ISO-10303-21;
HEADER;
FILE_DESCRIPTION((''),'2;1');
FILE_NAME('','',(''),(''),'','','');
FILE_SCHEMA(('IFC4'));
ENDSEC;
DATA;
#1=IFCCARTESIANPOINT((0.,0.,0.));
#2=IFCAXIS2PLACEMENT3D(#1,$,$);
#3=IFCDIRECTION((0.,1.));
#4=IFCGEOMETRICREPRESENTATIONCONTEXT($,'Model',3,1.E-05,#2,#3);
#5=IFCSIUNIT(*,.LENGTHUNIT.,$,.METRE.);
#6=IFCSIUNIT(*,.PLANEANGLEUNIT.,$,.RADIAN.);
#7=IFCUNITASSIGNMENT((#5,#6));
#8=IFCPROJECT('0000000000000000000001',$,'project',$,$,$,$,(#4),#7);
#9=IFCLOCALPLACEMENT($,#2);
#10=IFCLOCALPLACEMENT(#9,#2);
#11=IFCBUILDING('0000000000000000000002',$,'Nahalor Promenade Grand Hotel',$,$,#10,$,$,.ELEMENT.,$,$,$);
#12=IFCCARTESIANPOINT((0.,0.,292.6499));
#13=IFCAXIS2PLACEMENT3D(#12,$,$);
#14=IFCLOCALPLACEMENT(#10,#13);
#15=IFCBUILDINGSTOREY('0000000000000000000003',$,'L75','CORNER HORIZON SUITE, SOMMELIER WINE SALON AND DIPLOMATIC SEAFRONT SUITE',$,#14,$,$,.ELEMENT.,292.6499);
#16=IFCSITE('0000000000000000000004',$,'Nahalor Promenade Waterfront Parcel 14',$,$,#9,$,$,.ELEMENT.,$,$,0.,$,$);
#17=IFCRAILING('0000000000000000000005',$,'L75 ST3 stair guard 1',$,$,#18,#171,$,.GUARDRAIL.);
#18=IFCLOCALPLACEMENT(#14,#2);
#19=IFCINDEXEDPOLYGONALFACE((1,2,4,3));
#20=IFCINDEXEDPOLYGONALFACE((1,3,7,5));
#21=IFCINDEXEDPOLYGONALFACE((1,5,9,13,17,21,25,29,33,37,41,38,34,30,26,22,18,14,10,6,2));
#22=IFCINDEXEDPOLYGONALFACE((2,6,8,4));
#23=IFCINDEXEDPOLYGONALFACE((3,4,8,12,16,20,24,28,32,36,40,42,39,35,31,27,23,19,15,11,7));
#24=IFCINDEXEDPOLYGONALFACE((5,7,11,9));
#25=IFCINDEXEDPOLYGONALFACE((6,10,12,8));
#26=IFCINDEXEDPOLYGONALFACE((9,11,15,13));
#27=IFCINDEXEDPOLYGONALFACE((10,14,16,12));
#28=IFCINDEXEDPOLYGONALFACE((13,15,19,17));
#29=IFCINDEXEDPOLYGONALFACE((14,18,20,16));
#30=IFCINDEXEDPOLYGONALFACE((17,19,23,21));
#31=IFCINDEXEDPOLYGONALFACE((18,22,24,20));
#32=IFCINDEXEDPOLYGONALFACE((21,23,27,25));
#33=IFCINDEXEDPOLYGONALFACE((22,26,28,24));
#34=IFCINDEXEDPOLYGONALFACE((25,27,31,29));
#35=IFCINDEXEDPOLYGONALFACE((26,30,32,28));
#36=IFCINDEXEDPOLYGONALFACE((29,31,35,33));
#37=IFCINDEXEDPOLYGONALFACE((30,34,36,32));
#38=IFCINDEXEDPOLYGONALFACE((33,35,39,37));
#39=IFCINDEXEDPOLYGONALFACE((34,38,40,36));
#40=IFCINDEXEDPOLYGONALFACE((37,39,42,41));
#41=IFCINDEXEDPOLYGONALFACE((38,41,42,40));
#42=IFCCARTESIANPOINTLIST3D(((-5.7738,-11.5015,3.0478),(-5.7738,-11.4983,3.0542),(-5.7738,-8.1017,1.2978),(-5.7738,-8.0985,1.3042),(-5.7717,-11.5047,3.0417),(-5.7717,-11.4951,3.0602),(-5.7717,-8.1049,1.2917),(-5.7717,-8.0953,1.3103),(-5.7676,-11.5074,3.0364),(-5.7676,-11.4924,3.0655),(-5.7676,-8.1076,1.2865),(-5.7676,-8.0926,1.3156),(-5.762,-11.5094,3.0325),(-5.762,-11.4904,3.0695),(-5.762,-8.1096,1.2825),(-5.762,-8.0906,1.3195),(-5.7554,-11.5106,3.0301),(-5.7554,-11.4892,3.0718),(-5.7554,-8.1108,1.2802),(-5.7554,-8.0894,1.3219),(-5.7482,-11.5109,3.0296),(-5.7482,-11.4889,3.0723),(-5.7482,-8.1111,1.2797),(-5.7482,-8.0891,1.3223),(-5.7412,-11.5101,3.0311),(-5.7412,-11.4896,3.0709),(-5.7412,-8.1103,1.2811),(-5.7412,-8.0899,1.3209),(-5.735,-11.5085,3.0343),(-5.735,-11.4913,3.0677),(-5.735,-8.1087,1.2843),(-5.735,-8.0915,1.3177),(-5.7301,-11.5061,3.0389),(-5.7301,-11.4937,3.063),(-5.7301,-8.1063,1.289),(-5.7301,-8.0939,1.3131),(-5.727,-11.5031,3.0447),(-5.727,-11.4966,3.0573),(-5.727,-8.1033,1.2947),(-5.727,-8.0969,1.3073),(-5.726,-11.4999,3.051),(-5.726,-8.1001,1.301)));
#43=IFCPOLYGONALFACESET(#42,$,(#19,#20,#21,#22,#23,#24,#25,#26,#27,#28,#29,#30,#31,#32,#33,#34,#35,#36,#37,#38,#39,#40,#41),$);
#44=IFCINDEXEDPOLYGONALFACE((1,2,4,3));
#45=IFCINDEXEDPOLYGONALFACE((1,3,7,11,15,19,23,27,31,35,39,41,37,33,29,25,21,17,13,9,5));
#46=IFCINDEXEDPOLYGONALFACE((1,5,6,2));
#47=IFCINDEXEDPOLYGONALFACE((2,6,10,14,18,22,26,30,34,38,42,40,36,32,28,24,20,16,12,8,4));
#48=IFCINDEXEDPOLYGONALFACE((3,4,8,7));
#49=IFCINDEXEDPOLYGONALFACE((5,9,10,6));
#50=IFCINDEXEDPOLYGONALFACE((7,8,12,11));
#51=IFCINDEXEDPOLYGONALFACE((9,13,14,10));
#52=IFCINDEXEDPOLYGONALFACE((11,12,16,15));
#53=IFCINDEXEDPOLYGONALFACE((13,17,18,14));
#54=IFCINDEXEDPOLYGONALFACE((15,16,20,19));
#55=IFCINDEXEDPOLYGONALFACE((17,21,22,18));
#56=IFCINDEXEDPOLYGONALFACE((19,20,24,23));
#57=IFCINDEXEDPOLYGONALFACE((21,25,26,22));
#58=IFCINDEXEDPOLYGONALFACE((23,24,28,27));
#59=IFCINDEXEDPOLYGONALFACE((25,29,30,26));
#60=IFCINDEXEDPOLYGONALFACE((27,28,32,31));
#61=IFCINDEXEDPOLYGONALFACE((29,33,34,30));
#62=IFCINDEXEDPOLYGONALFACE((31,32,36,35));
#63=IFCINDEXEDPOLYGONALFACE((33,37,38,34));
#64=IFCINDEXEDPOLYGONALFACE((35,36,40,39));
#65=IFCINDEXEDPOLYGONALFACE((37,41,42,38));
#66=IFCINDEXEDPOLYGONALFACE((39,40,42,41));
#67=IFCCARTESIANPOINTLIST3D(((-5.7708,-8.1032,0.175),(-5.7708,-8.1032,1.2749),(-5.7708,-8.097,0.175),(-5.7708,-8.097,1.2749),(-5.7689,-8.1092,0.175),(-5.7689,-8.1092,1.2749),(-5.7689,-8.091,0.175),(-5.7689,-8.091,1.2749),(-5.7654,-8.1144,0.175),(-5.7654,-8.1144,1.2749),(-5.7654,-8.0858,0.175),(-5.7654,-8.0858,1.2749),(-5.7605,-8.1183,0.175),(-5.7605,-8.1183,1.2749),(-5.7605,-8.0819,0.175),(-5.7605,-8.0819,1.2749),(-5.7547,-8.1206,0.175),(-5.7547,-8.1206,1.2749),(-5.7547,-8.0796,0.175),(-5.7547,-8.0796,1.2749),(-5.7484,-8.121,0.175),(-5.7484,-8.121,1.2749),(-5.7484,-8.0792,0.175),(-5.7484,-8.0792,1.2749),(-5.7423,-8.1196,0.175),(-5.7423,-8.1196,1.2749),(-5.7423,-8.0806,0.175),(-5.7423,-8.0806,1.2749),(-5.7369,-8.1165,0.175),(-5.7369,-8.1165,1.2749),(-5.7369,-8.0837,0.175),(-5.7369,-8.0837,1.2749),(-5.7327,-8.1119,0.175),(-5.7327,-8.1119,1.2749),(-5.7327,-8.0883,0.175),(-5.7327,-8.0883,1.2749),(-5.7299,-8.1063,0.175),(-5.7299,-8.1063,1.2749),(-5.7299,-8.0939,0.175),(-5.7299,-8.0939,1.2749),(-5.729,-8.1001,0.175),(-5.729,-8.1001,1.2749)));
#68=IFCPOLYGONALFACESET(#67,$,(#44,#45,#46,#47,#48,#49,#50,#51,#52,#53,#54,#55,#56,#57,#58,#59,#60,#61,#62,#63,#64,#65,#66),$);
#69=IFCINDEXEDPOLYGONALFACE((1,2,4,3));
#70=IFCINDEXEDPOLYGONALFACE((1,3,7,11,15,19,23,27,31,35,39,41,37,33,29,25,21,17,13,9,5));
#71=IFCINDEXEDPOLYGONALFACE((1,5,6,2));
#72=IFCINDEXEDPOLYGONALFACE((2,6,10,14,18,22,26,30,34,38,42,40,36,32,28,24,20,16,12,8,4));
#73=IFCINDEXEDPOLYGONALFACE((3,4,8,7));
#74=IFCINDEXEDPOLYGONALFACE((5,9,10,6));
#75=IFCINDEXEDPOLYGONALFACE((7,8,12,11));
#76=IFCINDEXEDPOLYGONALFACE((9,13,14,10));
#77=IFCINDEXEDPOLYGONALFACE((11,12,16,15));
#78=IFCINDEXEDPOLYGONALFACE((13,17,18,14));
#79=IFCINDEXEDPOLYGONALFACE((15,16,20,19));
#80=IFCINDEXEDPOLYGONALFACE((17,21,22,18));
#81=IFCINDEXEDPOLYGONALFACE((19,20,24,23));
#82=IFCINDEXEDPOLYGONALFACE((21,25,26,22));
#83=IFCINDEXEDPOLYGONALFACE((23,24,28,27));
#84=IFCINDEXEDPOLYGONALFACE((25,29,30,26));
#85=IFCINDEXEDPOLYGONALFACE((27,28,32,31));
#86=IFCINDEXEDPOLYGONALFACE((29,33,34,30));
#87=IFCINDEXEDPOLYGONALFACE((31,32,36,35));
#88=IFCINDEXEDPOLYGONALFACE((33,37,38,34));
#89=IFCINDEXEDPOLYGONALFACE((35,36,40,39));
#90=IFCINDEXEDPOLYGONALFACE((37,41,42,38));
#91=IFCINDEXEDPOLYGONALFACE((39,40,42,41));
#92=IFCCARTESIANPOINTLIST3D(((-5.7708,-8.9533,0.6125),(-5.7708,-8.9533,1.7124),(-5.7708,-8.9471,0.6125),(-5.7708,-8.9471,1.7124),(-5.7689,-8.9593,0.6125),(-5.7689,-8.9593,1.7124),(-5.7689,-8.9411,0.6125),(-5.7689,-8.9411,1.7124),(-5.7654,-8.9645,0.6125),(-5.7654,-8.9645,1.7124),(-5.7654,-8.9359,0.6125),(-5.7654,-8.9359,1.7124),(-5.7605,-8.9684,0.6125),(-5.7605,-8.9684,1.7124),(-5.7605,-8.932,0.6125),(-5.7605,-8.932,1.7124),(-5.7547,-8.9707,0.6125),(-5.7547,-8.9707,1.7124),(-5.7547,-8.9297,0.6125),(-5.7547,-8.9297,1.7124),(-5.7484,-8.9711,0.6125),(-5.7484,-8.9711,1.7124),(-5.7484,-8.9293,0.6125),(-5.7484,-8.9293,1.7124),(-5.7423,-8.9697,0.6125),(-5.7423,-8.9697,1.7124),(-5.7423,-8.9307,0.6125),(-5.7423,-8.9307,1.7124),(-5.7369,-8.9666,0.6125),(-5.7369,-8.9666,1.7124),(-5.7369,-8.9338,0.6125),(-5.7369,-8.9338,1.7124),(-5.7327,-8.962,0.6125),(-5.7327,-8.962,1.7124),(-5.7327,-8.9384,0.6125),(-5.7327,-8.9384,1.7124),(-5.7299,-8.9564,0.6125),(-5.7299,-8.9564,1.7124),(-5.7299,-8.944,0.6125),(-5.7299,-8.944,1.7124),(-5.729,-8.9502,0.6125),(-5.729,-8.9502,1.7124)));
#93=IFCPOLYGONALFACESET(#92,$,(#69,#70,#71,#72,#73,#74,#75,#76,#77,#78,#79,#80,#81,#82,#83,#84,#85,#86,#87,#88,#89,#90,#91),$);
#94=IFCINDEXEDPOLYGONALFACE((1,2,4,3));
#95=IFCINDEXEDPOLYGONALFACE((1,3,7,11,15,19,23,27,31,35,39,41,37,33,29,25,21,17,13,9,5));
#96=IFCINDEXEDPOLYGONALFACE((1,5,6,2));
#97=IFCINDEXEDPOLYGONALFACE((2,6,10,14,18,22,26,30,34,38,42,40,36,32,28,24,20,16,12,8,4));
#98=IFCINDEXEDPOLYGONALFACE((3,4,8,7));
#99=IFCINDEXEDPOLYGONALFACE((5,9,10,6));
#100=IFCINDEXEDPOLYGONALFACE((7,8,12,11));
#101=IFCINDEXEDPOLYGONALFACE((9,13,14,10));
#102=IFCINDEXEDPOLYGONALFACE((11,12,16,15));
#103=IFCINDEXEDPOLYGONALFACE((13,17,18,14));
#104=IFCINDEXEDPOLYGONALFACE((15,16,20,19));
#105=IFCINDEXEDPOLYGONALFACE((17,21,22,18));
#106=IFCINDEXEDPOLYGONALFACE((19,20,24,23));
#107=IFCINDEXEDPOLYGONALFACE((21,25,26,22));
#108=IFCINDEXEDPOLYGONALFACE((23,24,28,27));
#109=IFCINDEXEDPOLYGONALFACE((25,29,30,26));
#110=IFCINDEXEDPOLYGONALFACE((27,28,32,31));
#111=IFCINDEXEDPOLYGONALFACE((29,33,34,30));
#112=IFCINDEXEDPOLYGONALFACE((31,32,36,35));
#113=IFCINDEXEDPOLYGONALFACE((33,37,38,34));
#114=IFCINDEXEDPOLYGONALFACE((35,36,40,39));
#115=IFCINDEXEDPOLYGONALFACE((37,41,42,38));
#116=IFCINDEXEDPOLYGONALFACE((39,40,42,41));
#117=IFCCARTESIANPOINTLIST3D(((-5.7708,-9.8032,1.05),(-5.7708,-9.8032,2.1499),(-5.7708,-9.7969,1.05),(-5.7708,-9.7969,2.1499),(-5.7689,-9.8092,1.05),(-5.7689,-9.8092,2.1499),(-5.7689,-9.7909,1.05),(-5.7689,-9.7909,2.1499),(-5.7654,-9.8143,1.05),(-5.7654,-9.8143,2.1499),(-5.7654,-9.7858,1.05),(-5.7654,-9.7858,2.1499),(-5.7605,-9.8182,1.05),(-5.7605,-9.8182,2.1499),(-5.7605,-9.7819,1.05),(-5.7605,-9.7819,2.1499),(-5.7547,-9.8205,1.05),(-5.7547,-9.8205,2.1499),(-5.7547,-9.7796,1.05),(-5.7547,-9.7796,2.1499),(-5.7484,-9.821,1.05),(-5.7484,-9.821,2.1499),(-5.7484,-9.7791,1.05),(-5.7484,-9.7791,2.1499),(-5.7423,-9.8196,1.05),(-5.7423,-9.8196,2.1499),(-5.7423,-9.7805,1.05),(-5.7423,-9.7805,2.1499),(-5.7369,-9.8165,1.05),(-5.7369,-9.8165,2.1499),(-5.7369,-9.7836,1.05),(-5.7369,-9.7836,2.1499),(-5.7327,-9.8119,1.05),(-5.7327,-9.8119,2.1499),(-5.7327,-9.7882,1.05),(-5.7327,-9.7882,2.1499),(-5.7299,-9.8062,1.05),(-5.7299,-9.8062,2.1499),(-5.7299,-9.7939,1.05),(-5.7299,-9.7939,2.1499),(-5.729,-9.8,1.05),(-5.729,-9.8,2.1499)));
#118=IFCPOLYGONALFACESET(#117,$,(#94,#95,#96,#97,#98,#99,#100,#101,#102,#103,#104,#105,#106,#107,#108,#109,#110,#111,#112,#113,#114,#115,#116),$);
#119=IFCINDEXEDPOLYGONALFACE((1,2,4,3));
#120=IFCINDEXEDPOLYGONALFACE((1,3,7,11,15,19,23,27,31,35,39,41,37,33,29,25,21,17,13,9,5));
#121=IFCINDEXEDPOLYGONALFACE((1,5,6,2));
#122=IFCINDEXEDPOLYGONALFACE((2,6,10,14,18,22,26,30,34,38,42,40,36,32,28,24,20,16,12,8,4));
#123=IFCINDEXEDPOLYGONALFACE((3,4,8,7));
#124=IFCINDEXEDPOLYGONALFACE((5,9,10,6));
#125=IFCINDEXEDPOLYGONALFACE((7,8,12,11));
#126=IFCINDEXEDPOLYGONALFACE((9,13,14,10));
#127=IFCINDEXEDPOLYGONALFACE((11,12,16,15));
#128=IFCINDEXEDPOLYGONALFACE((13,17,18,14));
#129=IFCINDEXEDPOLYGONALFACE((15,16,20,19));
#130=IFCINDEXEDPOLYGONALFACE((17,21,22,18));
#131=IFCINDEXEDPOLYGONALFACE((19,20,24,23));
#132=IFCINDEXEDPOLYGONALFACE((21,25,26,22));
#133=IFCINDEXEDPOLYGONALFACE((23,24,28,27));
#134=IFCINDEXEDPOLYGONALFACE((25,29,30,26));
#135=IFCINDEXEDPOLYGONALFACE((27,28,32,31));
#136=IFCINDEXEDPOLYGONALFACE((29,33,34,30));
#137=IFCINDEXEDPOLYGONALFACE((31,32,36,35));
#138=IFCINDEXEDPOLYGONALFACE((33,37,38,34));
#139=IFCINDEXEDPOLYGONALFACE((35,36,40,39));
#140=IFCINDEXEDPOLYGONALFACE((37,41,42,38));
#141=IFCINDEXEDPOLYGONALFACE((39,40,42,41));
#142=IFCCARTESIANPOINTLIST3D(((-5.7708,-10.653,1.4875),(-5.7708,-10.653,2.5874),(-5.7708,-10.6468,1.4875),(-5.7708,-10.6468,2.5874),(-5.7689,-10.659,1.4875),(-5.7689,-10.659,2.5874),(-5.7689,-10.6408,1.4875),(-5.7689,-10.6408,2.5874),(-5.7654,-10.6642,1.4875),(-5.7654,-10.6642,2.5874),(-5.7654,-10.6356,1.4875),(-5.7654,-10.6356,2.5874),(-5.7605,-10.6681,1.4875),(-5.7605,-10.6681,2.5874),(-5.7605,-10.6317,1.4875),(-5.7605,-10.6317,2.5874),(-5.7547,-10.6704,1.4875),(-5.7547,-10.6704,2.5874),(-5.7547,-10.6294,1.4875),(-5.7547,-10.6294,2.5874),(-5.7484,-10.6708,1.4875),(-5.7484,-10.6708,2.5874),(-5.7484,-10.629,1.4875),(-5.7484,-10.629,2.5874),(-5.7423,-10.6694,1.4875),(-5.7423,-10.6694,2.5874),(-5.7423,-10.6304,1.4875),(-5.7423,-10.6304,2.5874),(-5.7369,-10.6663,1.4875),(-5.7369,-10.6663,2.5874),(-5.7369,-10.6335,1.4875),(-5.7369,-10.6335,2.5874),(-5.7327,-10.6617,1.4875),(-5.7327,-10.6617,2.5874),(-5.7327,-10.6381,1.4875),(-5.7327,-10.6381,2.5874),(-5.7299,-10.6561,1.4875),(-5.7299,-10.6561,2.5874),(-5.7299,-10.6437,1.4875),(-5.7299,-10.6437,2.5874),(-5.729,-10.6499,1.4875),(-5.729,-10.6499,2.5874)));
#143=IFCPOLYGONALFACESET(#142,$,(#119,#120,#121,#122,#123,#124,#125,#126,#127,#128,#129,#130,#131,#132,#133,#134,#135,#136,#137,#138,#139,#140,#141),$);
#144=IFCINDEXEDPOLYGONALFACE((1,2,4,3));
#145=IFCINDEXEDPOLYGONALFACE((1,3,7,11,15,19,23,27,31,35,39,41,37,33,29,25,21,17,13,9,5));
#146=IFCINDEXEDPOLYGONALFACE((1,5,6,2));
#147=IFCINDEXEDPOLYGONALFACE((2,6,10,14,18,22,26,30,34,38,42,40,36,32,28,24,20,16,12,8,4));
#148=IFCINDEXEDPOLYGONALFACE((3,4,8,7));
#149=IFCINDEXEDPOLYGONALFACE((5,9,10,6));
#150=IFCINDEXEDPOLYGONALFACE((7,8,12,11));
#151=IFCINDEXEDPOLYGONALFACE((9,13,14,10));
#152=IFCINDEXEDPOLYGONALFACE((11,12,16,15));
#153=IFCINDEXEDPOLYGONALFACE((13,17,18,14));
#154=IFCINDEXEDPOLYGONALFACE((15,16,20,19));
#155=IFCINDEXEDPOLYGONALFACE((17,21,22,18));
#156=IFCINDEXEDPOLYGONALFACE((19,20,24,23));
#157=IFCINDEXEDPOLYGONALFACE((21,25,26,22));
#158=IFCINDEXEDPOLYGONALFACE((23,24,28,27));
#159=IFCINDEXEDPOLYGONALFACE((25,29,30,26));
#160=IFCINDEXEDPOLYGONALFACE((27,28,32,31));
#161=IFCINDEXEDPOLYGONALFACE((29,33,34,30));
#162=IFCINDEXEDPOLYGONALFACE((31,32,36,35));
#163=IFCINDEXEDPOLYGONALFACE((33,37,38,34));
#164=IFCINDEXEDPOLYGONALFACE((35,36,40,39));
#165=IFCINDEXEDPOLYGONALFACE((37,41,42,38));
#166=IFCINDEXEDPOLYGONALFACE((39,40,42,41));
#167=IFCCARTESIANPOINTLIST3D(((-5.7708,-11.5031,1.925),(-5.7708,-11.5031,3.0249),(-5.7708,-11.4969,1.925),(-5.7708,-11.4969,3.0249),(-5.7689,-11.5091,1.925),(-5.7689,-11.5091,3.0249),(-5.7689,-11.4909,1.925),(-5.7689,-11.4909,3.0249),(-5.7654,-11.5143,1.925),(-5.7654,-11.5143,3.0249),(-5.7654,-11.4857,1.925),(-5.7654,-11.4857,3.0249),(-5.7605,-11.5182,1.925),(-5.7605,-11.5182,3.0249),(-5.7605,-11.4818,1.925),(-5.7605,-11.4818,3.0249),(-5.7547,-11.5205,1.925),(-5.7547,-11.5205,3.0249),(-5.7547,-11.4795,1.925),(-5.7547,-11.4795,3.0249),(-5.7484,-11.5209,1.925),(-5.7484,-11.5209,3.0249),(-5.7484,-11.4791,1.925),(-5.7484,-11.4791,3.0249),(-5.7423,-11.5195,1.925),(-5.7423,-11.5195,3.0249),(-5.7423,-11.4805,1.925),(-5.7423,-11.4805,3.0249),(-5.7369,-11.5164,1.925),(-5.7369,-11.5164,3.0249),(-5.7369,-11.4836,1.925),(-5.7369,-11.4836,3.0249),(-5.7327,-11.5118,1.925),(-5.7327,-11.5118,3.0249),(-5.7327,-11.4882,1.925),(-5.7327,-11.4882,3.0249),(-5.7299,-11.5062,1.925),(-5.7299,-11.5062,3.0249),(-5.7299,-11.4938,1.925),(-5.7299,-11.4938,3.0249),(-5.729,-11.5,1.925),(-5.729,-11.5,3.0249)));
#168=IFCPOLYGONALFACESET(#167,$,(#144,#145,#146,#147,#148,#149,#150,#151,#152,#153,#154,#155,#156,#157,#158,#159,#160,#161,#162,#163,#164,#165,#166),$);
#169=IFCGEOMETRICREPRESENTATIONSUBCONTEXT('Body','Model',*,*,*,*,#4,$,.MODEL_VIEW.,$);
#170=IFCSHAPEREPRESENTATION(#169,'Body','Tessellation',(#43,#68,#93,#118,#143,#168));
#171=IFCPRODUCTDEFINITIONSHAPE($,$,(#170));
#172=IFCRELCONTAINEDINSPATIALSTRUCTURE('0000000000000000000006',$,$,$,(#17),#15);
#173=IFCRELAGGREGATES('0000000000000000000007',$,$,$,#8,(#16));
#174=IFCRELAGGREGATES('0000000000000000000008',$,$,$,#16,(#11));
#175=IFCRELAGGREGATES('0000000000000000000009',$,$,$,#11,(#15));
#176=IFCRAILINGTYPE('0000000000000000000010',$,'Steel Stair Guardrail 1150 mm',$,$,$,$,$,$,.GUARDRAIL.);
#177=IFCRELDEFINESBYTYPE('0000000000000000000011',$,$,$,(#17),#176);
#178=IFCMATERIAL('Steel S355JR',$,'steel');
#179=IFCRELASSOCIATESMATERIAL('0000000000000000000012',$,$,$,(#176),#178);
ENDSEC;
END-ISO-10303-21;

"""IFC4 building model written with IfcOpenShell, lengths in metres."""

from ifc_helpers import new_model, si_unit, direction, frame, origin, origin_2d, place, context, subcontext, project, spatial, circle, extrude, material, type_object, element, save


model = new_model("IFC4")

# Units and contexts
model_context = context("Model", 3, precision=1e-05, world=origin(), true_north=direction((0.0, 1.0)))
body_context = subcontext(model_context, "Body", "Model", "MODEL_VIEW")
ifc_project = project(units=[si_unit("LENGTHUNIT", "METRE"), si_unit("PLANEANGLEUNIT", "RADIAN")], contexts=[model_context])

# Site, building, storey
site_placement = place(None, origin())
site = spatial("IfcSite", under=ifc_project, at=site_placement, Name="Nahalor Promenade Waterfront Parcel 14", CompositionType="ELEMENT", RefElevation=0.0)
building_placement = place(site_placement, origin())
building = spatial("IfcBuilding", under=site, at=building_placement, Name="Nahalor Promenade Grand Hotel", CompositionType="ELEMENT")
storey_placement = place(building_placement, frame((0.0, 0.0, 292.6499)))
storey = spatial("IfcBuildingStorey", under=building, at=storey_placement, Name="L75", Description="CORNER HORIZON SUITE, SOMMELIER WINE SALON AND DIPLOMATIC SEAFRONT SUITE", CompositionType="ELEMENT", Elevation=292.6499)

# Shared definitions
ifc_material_1 = material(Name="Steel S355JR", Category="steel")

# Railing
railing_type_1 = type_object("IfcRailingType", Name="Steel Stair Guardrail 1150 mm", PredefinedType="GUARDRAIL", material=ifc_material_1)
railing_1_placement = place(storey_placement, frame((-5.75, -8.1001, 0.175)))
element("IfcRailing", 1, at=railing_1_placement, inside=storey, type_object=railing_type_1, Name="L75 ST3 stair guard 1", PredefinedType="GUARDRAIL", context=body_context, shape_type="SweptSolid", body=[
    extrude(circle(Radius=0.024, at=origin_2d()), frame((0.0, 0.0, 1.126), z_axis=(0.0, -0.88913, 0.457654), x_axis=(1.0, 0.0, 0.0)), (0.0, 0.0, 1.0), 3.8237),
    extrude(circle(Radius=0.021, at=origin_2d()), origin(), (0.0, 0.0, 1.0), 1.0999),
    extrude(circle(Radius=0.021, at=origin_2d()), frame((0.0, -0.8501, 0.4375)), (0.0, 0.0, 1.0), 1.0999),
    extrude(circle(Radius=0.021, at=origin_2d()), frame((0.0, -1.7, 0.875)), (0.0, 0.0, 1.0), 1.0999),
    extrude(circle(Radius=0.021, at=origin_2d()), frame((0.0, -2.5498, 1.3125)), (0.0, 0.0, 1.0), 1.0999),
    extrude(circle(Radius=0.021, at=origin_2d()), frame((0.0, -3.3999, 1.75)), (0.0, 0.0, 1.0), 1.0999),
])

save(model, "model.ifc")
